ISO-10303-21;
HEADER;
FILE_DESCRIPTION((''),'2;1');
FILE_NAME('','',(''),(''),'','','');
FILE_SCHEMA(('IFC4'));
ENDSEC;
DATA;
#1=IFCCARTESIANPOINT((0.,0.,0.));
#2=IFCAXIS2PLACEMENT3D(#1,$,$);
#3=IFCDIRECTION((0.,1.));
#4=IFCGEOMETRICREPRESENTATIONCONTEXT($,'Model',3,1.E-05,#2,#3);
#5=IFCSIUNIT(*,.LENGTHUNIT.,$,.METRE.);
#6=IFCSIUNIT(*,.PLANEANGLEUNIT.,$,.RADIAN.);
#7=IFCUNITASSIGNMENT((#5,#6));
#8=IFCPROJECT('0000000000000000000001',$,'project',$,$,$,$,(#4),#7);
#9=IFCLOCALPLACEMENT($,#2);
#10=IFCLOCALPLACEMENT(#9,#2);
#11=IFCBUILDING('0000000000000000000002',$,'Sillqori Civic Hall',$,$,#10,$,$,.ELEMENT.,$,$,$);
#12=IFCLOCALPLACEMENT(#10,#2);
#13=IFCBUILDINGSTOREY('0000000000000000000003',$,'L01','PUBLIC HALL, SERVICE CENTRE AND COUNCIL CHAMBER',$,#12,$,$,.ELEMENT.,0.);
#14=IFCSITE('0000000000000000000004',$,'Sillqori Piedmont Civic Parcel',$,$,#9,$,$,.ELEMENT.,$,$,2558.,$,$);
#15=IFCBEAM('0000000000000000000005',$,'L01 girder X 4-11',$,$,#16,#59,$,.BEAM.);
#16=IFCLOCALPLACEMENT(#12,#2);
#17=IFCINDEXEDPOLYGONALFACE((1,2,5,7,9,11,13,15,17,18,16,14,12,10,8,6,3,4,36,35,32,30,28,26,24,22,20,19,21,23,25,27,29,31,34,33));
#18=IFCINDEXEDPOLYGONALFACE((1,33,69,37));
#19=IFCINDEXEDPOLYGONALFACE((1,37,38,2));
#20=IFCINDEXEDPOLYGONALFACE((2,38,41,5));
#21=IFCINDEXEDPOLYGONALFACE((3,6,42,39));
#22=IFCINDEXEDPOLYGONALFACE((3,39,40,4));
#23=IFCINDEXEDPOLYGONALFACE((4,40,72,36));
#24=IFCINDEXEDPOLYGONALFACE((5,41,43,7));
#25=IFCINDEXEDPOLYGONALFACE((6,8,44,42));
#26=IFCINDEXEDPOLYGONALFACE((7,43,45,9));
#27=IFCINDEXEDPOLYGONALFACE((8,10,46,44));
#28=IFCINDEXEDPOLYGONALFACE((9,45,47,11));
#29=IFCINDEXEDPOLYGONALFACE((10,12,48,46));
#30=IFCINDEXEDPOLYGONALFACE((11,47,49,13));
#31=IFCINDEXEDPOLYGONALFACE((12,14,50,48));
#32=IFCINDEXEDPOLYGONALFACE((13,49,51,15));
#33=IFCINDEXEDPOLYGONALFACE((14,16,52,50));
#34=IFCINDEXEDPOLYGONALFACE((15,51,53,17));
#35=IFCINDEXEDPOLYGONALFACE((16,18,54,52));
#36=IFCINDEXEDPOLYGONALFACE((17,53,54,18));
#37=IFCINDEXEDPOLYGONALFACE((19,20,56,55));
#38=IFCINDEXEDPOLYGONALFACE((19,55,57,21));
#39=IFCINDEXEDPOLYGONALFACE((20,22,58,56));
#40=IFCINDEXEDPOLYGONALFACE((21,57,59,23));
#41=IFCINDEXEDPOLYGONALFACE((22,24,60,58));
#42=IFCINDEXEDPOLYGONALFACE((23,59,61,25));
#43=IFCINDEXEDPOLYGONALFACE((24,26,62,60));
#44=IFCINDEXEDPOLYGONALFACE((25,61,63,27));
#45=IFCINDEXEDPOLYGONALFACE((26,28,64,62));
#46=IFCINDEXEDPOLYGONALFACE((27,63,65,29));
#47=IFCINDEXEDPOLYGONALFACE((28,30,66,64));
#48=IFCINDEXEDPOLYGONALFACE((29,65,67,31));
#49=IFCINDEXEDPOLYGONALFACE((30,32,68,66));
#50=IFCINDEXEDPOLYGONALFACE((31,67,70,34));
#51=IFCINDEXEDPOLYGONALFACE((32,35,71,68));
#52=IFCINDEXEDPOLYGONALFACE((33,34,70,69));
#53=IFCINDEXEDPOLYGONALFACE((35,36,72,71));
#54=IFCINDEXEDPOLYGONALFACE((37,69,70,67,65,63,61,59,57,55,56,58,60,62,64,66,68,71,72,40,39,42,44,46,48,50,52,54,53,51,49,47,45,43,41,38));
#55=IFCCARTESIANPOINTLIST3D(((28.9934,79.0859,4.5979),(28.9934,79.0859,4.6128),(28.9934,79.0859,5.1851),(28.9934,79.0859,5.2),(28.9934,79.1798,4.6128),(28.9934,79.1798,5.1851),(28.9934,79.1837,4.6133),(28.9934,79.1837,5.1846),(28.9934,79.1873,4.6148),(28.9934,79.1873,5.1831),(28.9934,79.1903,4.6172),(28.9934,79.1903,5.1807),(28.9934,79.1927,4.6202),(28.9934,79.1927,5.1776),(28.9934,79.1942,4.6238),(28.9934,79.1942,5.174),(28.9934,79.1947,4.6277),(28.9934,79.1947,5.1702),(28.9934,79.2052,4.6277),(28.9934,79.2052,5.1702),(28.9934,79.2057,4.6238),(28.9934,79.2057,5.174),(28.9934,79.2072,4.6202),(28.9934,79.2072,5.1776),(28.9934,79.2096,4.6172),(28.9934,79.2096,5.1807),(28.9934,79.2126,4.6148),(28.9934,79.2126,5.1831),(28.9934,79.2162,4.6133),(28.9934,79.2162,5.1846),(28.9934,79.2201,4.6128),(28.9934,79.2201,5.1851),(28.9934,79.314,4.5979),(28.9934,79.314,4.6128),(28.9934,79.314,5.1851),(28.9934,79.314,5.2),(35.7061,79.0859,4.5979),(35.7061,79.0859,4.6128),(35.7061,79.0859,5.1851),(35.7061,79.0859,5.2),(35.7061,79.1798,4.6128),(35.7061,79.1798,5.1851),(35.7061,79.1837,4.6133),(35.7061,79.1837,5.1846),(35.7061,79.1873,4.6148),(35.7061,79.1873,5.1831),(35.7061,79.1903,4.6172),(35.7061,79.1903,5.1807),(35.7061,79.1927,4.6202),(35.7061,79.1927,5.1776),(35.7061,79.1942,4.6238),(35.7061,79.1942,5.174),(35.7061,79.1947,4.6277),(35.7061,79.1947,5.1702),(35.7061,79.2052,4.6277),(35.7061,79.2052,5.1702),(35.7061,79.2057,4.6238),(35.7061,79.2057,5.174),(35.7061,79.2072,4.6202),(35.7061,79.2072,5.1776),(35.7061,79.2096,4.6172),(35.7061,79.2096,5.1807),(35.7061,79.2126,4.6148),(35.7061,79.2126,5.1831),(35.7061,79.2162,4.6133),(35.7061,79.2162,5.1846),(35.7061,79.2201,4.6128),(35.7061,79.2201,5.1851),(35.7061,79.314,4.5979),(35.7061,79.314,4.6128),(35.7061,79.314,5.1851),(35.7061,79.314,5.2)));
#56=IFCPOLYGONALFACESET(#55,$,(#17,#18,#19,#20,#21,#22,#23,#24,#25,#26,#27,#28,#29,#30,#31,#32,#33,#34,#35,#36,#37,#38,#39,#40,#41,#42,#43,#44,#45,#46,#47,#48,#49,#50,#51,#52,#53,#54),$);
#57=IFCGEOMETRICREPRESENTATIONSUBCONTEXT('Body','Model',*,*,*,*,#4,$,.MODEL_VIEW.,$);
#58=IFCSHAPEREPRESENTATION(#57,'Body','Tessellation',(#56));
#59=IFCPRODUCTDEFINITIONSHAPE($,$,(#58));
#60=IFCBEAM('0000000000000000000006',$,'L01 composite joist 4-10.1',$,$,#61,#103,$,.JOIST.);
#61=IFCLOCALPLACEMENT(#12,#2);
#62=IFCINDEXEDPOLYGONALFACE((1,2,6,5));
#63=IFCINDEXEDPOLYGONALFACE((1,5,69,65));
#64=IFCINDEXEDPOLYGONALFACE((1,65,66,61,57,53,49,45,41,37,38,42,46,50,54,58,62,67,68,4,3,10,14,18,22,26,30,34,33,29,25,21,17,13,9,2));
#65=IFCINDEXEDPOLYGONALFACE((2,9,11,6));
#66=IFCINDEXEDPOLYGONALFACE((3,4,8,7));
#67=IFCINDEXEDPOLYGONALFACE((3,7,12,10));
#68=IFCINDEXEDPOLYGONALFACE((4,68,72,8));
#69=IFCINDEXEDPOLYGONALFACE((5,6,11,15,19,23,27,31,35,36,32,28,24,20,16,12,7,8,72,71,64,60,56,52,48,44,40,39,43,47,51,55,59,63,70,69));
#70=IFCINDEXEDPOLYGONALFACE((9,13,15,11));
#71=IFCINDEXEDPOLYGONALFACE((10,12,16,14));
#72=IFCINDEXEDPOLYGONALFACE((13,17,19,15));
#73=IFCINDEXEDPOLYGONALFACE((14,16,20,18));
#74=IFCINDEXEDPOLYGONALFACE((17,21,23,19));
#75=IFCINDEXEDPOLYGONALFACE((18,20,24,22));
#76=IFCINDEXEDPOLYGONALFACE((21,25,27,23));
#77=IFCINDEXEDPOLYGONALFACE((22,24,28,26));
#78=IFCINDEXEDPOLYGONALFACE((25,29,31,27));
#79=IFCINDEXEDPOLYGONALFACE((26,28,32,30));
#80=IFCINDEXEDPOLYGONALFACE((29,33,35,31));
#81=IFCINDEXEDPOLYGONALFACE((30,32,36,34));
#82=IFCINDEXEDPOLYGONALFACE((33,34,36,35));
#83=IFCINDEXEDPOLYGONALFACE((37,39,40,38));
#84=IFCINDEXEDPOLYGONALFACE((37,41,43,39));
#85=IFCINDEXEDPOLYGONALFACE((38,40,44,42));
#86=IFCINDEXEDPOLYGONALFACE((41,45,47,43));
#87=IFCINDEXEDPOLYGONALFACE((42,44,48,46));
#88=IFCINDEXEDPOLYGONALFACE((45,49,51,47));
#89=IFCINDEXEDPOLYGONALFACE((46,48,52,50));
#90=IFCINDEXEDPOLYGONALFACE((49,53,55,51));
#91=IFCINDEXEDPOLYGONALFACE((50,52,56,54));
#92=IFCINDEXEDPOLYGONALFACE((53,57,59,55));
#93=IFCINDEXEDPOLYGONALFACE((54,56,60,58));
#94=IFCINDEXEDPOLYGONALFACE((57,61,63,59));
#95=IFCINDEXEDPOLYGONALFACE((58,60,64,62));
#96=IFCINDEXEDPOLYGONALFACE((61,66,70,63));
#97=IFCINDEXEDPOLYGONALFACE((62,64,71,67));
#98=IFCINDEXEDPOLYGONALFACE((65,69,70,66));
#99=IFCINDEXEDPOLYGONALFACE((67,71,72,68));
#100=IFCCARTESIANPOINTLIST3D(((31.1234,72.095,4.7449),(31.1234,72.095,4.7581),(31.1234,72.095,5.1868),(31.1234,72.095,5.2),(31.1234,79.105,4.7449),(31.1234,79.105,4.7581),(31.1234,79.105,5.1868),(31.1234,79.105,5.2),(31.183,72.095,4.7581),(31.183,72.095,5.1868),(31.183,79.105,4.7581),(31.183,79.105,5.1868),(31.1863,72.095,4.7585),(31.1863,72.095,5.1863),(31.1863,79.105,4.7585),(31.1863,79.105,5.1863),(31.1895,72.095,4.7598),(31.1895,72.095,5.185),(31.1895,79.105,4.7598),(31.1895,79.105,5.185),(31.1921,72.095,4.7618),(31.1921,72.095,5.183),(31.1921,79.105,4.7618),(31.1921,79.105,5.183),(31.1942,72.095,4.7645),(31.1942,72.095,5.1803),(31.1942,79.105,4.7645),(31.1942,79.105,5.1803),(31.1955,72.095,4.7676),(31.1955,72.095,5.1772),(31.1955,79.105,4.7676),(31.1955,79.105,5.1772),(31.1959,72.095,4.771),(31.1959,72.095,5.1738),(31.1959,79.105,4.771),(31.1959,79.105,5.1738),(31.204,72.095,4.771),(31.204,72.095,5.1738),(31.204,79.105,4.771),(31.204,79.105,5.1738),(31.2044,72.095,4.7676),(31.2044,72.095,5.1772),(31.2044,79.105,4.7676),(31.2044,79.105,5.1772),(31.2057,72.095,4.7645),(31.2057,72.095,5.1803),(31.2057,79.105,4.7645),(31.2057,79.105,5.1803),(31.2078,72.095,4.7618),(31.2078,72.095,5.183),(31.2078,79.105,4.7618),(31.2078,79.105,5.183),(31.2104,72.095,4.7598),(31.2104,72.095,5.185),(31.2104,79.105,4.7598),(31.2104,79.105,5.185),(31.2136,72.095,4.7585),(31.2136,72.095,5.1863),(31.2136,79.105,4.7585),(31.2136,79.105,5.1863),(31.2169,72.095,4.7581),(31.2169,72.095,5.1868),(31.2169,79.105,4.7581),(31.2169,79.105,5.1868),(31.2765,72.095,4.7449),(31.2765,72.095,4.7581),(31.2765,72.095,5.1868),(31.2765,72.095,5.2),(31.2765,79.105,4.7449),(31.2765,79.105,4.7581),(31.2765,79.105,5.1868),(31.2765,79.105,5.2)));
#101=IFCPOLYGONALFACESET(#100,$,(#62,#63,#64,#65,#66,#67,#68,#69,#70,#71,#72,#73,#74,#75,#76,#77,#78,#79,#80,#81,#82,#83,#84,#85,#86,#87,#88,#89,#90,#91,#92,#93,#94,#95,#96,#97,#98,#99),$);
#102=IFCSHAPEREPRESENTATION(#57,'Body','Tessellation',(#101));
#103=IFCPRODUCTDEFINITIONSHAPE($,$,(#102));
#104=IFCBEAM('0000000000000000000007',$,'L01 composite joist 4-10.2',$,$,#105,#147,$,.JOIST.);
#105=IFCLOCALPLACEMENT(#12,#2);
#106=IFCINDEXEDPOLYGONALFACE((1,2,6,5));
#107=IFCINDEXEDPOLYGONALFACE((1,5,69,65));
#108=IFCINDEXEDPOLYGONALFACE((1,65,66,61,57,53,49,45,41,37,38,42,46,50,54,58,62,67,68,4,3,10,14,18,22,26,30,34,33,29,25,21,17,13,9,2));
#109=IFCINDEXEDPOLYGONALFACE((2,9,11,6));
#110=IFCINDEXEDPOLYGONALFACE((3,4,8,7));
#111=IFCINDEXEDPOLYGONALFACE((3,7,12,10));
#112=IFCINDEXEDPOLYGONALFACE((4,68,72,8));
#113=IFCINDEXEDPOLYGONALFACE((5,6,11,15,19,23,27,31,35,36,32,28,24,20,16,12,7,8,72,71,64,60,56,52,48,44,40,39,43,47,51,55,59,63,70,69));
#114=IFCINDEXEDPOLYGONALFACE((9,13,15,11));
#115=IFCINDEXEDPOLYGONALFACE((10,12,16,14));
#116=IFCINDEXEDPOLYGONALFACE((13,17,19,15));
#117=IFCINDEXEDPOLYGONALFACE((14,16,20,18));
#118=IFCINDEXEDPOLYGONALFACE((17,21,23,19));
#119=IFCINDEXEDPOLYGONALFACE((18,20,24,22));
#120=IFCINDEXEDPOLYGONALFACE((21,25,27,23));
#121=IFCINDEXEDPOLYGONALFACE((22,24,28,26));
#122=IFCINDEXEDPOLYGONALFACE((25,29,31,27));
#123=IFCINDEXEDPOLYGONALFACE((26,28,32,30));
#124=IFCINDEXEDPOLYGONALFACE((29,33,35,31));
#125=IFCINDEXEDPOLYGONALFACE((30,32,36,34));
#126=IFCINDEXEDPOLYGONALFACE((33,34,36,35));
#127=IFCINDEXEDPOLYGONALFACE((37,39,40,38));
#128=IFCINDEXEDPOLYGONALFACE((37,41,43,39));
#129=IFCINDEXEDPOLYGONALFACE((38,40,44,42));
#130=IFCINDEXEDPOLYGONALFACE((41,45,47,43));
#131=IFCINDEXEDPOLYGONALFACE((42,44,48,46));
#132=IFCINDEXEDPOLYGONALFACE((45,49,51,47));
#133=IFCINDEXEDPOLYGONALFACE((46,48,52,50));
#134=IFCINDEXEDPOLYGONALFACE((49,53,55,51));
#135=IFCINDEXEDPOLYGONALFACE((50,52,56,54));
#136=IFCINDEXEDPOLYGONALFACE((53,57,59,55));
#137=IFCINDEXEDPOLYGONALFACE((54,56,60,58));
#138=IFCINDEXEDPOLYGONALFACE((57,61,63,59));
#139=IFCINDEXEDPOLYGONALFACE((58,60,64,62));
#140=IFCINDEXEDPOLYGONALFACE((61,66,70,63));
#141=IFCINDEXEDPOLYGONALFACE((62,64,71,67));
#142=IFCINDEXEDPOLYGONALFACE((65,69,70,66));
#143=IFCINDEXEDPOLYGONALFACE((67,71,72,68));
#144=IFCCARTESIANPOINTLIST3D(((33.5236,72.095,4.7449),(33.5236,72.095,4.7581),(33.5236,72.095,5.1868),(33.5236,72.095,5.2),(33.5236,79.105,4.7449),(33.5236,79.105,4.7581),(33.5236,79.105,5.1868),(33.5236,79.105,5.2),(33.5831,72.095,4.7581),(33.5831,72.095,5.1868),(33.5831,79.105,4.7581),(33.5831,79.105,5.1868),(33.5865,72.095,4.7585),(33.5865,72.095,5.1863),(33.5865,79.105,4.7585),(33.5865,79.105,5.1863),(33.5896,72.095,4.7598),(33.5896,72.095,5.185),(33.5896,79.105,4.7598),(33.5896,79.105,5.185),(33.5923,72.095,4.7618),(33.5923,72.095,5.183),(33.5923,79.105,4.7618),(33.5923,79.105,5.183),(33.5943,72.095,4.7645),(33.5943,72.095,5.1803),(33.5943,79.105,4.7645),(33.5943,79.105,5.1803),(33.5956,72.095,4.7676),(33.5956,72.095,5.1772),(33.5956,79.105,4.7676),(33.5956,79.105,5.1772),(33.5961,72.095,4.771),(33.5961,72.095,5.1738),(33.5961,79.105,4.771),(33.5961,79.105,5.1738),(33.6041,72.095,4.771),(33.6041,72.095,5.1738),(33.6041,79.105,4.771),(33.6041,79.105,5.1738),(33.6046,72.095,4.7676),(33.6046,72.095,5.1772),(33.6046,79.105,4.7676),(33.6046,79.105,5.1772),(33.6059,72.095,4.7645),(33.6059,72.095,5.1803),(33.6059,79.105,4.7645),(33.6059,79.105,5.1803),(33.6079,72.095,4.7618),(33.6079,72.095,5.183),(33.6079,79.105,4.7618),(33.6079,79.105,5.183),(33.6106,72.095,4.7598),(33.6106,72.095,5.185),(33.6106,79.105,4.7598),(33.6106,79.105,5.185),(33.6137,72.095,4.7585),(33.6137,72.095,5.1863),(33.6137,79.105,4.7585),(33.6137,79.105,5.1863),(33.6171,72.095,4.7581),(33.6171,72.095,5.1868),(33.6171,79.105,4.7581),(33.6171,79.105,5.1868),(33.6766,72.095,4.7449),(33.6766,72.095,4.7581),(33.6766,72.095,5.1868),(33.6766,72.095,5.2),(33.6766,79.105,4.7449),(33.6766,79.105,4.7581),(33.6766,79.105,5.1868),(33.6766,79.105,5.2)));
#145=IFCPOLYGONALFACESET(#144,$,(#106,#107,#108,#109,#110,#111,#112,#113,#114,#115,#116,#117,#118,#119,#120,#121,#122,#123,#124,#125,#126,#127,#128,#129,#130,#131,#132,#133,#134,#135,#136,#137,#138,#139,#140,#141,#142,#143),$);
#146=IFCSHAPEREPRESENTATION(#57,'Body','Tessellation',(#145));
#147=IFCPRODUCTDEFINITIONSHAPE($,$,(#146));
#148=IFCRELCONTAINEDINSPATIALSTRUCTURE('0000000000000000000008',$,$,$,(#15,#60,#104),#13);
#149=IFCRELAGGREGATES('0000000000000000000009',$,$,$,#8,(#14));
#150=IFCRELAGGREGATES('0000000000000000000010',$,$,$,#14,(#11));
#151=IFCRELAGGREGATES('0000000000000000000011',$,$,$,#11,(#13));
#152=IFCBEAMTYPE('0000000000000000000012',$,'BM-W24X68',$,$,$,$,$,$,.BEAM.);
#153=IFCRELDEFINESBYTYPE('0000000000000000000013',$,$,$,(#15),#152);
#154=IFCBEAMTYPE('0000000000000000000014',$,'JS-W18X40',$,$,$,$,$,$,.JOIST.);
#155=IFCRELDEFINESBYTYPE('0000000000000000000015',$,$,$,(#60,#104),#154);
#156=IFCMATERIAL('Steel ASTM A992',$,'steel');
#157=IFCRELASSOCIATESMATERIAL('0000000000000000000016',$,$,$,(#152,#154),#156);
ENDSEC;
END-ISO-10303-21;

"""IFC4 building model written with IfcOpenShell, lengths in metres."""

from ifc_helpers import new_model, si_unit, direction, frame, origin, origin_2d, place, context, subcontext, project, spatial, i_section, extrude, material, material_profile, profile_set, type_object, element, save


model = new_model("IFC4")

# Units and contexts
model_context = context("Model", 3, precision=1e-05, world=origin(), true_north=direction((0.0, 1.0)))
body_context = subcontext(model_context, "Body", "Model", "MODEL_VIEW")
ifc_project = project(units=[si_unit("LENGTHUNIT", "METRE"), si_unit("PLANEANGLEUNIT", "RADIAN")], contexts=[model_context])

# Site, building, storey
site_placement = place(None, origin())
site = spatial("IfcSite", under=ifc_project, at=site_placement, Name="Sillqori Piedmont Civic Parcel", CompositionType="ELEMENT", RefElevation=2558.0)
building_placement = place(site_placement, origin())
building = spatial("IfcBuilding", under=site, at=building_placement, Name="Sillqori Civic Hall", CompositionType="ELEMENT")
storey_placement = place(building_placement, origin())
storey = spatial("IfcBuildingStorey", under=building, at=storey_placement, Name="L01", Description="PUBLIC HALL, SERVICE CENTRE AND COUNCIL CHAMBER", CompositionType="ELEMENT", Elevation=0.0)

# Shared definitions
ifc_material = material(Name="Steel ASTM A992", Category="steel")

# Beams
ifc_material_profile_1 = material_profile(ifc_material, i_section(OverallWidth=0.228, OverallDepth=0.6021, WebThickness=0.0105, FlangeThickness=0.0149, FilletRadius=0.0149, at=origin_2d()), Name="W24X68")
ifc_profile_set_1 = profile_set([ifc_material_profile_1], Name="Steel ASTM A992")
beam_type_1 = type_object("IfcBeamType", Name="BM-W24X68", PredefinedType="BEAM", material=ifc_profile_set_1)
for number, where, z_axis, x_axis, name in (
    (1, (28.9934, 79.2, 4.8989), (1.0, 0.0, 0.0), (0.0, 1.0, 0.0), "L01 girder X 4-11"),
):
    element("IfcBeam", number, at=place(storey_placement, frame(where, z_axis=z_axis, x_axis=x_axis)), inside=storey, type_object=beam_type_1, Name=name, PredefinedType="BEAM", context=body_context, shape_type="SweptSolid", body=[
        extrude(i_section(OverallWidth=0.228, OverallDepth=0.6021, WebThickness=0.0105, FlangeThickness=0.0149, FilletRadius=0.0149, at=origin_2d()), origin(), (0.0, 0.0, 1.0), 6.7126),
    ])
ifc_material_profile_2 = material_profile(ifc_material, i_section(OverallWidth=0.1531, OverallDepth=0.4551, WebThickness=0.0081, FlangeThickness=0.0132, FilletRadius=0.0129, at=origin_2d()), Name="W18X40")
ifc_profile_set_2 = profile_set([ifc_material_profile_2], Name="Steel ASTM A992")
beam_type_2 = type_object("IfcBeamType", Name="JS-W18X40", PredefinedType="JOIST", material=ifc_profile_set_2)
for number, where, z_axis, x_axis, name in (
    (2, (31.2, 72.095, 4.9724), (0.0, 1.0, 0.0), (-1.0, 0.0, 0.0), "L01 composite joist 4-10.1"),
    (3, (33.6001, 72.095, 4.9724), (0.0, 1.0, 0.0), (-1.0, 0.0, 0.0), "L01 composite joist 4-10.2"),
):
    element("IfcBeam", number, at=place(storey_placement, frame(where, z_axis=z_axis, x_axis=x_axis)), inside=storey, type_object=beam_type_2, Name=name, PredefinedType="JOIST", context=body_context, shape_type="SweptSolid", body=[
        extrude(i_section(OverallWidth=0.1531, OverallDepth=0.4551, WebThickness=0.0081, FlangeThickness=0.0132, FilletRadius=0.0129, at=origin_2d()), origin(), (0.0, 0.0, 1.0), 7.01),
    ])

save(model, "model.ifc")
